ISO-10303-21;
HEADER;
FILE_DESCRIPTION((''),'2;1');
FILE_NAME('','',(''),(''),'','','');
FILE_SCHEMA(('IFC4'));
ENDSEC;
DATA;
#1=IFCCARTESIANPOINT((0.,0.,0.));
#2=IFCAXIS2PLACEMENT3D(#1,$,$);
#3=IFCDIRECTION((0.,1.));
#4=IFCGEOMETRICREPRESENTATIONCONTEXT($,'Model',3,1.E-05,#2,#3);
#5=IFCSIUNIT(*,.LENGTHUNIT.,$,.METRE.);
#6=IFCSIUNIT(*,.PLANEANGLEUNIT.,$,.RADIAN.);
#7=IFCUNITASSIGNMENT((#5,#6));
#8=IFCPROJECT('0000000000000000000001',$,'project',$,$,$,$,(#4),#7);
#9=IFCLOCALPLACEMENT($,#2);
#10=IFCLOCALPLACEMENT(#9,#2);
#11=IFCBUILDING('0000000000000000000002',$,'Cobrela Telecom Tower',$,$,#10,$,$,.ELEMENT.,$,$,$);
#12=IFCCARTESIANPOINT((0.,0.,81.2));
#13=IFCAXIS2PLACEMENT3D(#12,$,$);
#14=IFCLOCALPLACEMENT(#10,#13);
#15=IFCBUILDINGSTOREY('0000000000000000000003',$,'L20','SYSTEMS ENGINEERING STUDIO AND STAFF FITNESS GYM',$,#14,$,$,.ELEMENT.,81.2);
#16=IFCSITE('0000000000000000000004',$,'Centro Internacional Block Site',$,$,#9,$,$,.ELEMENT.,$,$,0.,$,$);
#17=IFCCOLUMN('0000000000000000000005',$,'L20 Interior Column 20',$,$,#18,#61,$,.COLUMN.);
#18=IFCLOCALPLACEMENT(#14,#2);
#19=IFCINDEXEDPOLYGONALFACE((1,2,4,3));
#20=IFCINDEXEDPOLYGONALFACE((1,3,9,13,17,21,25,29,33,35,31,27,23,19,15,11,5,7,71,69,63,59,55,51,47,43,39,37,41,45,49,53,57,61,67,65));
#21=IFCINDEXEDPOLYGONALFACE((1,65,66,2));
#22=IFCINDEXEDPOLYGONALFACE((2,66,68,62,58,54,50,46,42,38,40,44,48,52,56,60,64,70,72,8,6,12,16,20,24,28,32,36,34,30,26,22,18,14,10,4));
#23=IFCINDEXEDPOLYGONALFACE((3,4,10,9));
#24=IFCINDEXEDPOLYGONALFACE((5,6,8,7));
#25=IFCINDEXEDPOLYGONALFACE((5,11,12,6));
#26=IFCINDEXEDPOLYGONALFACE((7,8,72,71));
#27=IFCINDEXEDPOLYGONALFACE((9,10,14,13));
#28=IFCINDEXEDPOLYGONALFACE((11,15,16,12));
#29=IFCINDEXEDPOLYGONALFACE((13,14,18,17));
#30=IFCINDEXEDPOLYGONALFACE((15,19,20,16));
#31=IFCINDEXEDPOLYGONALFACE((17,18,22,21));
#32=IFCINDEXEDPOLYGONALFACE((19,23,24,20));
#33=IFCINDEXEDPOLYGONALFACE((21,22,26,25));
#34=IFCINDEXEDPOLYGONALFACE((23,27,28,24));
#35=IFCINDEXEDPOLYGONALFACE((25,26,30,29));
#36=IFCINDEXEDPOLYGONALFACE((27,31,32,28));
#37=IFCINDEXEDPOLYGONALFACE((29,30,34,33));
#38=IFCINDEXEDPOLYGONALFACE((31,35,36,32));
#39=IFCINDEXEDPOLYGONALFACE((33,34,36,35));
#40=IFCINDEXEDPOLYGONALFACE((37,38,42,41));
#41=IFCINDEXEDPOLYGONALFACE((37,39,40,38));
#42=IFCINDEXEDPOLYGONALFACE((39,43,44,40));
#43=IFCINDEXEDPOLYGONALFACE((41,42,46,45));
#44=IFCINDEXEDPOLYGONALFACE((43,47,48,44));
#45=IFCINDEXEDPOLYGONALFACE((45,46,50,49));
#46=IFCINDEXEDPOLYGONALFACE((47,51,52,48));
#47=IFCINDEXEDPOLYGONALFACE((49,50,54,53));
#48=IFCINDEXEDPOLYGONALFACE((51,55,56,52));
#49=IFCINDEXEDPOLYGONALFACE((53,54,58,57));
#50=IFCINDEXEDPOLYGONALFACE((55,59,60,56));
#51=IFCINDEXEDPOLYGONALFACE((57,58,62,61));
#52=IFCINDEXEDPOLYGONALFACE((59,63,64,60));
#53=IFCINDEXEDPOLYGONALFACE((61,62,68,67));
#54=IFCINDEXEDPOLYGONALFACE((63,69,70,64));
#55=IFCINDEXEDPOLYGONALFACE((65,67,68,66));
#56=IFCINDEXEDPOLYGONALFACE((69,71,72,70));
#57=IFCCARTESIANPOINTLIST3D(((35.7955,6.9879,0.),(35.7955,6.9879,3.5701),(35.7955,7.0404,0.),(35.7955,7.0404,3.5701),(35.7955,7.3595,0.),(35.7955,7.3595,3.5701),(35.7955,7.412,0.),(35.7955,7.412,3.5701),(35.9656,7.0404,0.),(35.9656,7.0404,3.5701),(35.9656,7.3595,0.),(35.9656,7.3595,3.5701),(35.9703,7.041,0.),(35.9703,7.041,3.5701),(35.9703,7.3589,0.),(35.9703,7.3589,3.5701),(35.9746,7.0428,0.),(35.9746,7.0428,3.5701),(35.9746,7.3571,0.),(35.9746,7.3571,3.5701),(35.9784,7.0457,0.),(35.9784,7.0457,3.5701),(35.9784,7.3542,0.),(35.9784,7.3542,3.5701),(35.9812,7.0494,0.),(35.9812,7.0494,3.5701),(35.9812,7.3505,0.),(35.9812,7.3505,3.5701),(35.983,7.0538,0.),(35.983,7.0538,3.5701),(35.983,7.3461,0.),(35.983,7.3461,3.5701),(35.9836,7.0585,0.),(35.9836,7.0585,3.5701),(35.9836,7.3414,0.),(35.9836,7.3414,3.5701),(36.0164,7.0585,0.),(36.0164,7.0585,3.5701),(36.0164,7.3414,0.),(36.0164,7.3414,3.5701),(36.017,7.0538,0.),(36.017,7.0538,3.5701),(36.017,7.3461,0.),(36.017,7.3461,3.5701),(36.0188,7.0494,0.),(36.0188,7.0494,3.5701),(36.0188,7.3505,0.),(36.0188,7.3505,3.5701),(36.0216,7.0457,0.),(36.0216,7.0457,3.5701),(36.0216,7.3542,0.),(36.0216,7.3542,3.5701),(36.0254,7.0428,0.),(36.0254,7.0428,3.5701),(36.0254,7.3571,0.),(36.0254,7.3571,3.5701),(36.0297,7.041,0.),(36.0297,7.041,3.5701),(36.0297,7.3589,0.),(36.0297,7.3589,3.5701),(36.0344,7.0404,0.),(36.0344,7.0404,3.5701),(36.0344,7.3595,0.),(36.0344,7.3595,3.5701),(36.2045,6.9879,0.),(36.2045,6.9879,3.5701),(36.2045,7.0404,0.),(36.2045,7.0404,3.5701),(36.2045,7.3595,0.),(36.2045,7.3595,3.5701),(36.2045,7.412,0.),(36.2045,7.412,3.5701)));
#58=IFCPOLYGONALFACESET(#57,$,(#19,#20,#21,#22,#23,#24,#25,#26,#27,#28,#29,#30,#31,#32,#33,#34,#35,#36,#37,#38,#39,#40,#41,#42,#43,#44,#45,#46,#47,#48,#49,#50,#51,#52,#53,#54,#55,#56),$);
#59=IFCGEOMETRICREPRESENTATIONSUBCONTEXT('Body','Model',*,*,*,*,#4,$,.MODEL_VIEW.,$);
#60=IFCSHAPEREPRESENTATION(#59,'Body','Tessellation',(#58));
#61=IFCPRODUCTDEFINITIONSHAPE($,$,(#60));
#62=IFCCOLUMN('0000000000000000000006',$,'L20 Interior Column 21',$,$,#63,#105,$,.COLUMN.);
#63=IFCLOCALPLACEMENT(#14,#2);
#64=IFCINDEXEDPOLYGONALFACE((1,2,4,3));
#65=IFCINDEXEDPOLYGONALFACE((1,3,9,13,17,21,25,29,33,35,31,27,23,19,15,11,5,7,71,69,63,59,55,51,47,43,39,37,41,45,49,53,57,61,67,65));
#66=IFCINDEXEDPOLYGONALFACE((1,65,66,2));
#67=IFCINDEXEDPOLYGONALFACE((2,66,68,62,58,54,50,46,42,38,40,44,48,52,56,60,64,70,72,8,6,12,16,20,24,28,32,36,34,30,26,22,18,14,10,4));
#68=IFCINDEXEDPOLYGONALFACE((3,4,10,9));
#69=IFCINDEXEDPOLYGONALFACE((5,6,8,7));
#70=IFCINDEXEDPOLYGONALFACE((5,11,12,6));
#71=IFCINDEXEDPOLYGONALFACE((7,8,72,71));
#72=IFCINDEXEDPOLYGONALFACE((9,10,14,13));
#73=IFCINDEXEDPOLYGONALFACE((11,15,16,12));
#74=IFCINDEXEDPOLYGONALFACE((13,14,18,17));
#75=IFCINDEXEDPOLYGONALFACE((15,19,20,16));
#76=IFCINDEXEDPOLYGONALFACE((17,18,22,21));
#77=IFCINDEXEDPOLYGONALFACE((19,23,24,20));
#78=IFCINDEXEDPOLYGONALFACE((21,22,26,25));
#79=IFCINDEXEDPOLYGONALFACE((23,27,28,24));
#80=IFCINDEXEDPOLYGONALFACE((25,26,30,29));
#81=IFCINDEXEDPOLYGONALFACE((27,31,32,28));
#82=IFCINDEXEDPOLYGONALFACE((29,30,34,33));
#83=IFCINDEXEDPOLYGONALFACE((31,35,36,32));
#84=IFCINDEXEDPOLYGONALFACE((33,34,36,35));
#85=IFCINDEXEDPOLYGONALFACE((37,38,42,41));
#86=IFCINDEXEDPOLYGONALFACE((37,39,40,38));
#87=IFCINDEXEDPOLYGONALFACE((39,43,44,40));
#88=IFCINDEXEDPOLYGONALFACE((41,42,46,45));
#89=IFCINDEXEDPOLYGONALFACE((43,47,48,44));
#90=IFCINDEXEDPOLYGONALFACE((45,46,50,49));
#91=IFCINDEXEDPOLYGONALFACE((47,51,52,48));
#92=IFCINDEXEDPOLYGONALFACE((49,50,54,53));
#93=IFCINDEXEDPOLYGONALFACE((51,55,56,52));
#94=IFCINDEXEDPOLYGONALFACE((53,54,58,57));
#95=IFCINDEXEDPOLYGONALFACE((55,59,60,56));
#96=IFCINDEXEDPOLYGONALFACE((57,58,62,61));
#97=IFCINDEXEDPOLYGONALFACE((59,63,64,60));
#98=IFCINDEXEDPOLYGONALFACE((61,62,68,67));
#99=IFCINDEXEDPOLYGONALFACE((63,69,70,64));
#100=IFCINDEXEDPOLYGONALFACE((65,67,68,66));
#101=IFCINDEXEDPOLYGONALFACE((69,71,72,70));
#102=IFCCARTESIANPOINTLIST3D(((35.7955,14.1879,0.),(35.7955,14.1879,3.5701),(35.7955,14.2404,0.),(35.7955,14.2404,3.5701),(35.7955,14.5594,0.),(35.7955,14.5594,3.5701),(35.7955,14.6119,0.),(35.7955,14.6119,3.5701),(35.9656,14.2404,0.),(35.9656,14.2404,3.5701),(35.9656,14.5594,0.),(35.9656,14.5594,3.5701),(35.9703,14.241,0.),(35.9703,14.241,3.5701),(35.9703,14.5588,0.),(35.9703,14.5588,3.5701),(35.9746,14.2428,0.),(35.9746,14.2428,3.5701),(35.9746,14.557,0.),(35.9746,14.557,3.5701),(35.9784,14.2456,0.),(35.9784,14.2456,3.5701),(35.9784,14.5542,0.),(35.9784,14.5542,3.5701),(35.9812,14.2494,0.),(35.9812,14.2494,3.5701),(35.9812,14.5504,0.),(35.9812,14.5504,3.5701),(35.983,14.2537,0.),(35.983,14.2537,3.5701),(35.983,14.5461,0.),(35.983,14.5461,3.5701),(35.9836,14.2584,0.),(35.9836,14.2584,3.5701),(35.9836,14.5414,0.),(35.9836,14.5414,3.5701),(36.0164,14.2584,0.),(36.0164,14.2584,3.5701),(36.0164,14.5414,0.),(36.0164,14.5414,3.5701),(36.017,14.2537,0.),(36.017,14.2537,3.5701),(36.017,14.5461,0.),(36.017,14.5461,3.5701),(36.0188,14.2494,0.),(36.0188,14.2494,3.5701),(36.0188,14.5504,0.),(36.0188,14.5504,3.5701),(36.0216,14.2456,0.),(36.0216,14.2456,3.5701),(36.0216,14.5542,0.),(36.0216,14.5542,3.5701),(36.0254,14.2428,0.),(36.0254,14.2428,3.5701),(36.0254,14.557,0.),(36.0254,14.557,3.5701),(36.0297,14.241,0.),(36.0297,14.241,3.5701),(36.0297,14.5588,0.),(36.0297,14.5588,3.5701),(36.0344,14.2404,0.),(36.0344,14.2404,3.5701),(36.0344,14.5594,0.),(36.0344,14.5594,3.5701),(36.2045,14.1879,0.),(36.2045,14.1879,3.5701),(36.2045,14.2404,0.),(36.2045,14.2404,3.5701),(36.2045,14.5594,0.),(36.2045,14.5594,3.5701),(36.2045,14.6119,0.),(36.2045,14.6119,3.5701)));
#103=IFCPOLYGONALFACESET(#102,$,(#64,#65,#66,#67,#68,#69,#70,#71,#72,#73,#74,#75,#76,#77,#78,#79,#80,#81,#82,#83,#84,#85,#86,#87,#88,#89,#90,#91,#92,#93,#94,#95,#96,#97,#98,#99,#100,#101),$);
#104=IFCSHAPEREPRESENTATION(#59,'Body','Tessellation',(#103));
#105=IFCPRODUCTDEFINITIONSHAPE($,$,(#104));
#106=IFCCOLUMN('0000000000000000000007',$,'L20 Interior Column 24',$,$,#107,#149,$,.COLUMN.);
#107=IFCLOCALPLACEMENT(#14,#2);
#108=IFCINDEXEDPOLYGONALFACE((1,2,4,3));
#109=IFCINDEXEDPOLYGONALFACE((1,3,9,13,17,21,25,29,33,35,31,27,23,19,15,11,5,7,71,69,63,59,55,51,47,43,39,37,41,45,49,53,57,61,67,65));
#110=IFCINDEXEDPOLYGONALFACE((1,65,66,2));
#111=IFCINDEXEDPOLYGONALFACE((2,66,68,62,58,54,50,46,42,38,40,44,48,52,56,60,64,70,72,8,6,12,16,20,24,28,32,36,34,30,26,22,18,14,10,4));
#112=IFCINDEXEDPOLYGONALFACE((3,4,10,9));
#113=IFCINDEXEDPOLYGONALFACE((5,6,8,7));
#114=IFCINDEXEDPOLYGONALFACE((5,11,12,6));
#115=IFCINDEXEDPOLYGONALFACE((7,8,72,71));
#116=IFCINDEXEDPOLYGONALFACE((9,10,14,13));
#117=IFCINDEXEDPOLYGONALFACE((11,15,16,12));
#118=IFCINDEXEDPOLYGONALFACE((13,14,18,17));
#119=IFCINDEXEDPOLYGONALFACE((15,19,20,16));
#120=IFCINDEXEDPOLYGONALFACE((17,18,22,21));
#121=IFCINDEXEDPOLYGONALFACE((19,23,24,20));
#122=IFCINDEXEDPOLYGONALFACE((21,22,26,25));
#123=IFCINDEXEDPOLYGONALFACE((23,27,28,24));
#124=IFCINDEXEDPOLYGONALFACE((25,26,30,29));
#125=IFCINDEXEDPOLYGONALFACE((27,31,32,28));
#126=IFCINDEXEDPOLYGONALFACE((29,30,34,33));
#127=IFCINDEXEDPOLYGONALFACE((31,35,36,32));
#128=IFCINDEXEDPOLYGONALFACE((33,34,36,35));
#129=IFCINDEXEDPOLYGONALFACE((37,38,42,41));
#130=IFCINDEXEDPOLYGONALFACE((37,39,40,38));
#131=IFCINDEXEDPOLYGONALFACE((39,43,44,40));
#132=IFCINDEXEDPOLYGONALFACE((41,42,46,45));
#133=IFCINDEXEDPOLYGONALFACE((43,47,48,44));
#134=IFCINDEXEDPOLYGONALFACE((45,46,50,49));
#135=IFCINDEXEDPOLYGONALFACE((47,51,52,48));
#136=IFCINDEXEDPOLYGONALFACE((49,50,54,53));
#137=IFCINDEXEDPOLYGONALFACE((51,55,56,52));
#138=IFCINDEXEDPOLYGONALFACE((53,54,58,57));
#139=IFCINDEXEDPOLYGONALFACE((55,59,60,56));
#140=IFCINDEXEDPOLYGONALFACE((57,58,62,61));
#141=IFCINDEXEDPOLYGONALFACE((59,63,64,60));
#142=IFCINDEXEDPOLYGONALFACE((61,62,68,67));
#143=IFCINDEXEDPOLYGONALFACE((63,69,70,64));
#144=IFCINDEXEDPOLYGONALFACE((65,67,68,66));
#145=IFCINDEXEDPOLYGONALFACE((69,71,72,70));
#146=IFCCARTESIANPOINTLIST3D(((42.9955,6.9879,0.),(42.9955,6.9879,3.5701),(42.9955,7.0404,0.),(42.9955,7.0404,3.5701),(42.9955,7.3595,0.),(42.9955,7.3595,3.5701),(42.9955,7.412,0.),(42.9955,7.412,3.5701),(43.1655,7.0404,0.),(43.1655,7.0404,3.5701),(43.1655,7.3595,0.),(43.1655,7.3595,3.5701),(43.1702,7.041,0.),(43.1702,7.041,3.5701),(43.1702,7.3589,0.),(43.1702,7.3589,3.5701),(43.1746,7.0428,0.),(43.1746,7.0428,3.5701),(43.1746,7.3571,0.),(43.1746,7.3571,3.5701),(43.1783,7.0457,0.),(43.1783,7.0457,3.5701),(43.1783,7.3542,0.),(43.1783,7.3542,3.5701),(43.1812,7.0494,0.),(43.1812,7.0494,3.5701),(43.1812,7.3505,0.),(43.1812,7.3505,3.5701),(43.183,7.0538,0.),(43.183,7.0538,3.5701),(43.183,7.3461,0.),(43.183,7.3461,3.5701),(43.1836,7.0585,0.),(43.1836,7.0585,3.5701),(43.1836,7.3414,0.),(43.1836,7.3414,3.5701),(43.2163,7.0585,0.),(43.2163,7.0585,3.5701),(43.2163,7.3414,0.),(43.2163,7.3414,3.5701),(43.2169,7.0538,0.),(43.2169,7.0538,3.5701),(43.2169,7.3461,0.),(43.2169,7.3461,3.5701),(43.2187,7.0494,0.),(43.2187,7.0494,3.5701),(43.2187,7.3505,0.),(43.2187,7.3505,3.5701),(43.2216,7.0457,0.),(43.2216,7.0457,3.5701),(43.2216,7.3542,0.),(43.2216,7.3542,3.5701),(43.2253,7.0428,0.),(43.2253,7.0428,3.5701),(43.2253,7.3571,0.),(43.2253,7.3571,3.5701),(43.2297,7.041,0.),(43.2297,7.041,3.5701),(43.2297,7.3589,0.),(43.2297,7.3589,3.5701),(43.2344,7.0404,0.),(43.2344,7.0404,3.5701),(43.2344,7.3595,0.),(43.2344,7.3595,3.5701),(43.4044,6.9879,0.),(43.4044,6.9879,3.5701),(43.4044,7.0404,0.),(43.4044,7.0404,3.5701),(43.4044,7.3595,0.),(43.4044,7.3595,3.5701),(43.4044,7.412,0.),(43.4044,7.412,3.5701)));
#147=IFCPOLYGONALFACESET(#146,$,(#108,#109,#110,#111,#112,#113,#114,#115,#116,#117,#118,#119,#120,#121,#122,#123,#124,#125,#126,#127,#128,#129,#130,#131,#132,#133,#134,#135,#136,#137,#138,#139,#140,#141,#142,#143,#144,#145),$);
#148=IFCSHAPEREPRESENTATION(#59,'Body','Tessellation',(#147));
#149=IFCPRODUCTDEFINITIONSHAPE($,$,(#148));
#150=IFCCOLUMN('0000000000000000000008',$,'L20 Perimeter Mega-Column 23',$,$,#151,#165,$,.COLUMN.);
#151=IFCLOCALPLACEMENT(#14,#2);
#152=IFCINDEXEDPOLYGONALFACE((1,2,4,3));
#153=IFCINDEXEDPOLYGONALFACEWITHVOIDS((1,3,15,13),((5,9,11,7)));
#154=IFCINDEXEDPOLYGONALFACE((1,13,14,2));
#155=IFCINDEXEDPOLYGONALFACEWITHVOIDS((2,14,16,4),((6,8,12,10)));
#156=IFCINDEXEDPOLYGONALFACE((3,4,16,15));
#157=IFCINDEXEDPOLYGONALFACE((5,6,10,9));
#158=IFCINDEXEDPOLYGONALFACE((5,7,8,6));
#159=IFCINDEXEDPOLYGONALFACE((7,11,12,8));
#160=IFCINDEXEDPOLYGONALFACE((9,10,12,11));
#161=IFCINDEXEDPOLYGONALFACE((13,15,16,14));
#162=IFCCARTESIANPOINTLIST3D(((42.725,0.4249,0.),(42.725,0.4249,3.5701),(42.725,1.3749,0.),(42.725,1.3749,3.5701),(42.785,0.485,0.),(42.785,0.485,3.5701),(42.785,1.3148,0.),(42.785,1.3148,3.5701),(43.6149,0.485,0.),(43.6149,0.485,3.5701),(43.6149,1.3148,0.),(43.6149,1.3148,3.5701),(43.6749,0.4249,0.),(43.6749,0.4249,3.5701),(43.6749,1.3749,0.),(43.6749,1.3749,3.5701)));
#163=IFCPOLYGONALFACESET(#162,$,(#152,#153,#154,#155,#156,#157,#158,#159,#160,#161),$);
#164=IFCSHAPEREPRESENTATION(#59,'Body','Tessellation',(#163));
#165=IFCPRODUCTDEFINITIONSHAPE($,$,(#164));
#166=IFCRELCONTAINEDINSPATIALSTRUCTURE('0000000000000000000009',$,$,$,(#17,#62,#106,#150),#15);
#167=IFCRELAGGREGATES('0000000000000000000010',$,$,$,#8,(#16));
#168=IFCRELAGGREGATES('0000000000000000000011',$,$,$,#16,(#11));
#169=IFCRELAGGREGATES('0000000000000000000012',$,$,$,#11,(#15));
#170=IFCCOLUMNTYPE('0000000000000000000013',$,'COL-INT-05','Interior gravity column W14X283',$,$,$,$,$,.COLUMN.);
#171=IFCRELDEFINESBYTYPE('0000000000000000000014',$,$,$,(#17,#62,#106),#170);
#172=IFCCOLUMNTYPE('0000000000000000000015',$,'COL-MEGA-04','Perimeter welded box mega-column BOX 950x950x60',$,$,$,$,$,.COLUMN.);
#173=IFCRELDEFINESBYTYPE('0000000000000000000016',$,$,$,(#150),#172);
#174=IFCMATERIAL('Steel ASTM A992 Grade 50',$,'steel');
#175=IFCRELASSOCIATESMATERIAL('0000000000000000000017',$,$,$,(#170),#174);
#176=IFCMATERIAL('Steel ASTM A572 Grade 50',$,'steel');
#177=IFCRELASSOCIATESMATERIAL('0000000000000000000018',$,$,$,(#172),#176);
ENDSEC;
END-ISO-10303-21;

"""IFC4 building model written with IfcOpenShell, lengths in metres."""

from ifc_helpers import new_model, si_unit, direction, frame, origin, origin_2d, place, context, subcontext, project, spatial, hollow_rectangle, i_section, extrude, material, material_profile, profile_set, type_object, element, save


model = new_model("IFC4")

# Units and contexts
model_context = context("Model", 3, precision=1e-05, world=origin(), true_north=direction((0.0, 1.0)))
body_context = subcontext(model_context, "Body", "Model", "MODEL_VIEW")
ifc_project = project(units=[si_unit("LENGTHUNIT", "METRE"), si_unit("PLANEANGLEUNIT", "RADIAN")], contexts=[model_context])

# Site, building, storey
site_placement = place(None, origin())
site = spatial("IfcSite", under=ifc_project, at=site_placement, Name="Centro Internacional Block Site", CompositionType="ELEMENT", RefElevation=0.0)
building_placement = place(site_placement, origin())
building = spatial("IfcBuilding", under=site, at=building_placement, Name="Cobrela Telecom Tower", CompositionType="ELEMENT")
storey_placement = place(building_placement, frame((0.0, 0.0, 81.2)))
storey = spatial("IfcBuildingStorey", under=building, at=storey_placement, Name="L20", Description="SYSTEMS ENGINEERING STUDIO AND STAFF FITNESS GYM", CompositionType="ELEMENT", Elevation=81.2)

# Columns
ifc_material_1 = material(Name="Steel ASTM A992 Grade 50", Category="steel")
ifc_material_profile_1 = material_profile(ifc_material_1, i_section(OverallWidth=0.4089, OverallDepth=0.4241, WebThickness=0.0327, FlangeThickness=0.0525, FilletRadius=0.0181, at=origin_2d()), Name="W14X283")
ifc_profile_set_1 = profile_set([ifc_material_profile_1], Name="Steel ASTM A992 Grade 50")
column_type_1 = type_object("IfcColumnType", Name="COL-INT-05", Description="Interior gravity column W14X283", PredefinedType="COLUMN", material=ifc_profile_set_1)
for number, where, z_axis, x_axis, name in (
    (1, (36.0, 7.2, 0.0), (0.0, 0.0, 1.0), (1.0, 0.0, 0.0), "L20 Interior Column 20"),
    (2, (36.0, 14.3999, 0.0), (0.0, 0.0, 1.0), (1.0, 0.0, 0.0), "L20 Interior Column 21"),
    (3, (43.2, 7.2, 0.0), (0.0, 0.0, 1.0), (1.0, 0.0, 0.0), "L20 Interior Column 24"),
):
    element("IfcColumn", number, at=place(storey_placement, frame(where, z_axis=z_axis, x_axis=x_axis)), inside=storey, type_object=column_type_1, Name=name, PredefinedType="COLUMN", context=body_context, shape_type="SweptSolid", body=[
        extrude(i_section(OverallWidth=0.4089, OverallDepth=0.4241, WebThickness=0.0327, FlangeThickness=0.0525, FilletRadius=0.0181, at=origin_2d()), origin(), (0.0, 0.0, 1.0), 3.5701),
    ])
ifc_material_2 = material(Name="Steel ASTM A572 Grade 50", Category="steel")
ifc_material_profile_2 = material_profile(ifc_material_2, hollow_rectangle(XDim=0.95, YDim=0.95, WallThickness=0.0601, at=origin_2d()), Name="BOX 950x950x60")
ifc_profile_set_2 = profile_set([ifc_material_profile_2], Name="Steel ASTM A572 Grade 50")
column_type_2 = type_object("IfcColumnType", Name="COL-MEGA-04", Description="Perimeter welded box mega-column BOX 950x950x60", PredefinedType="COLUMN", material=ifc_profile_set_2)
column_placement = place(storey_placement, frame((43.2, 0.8999, 0.0), z_axis=(0.0, 0.0, 1.0), x_axis=(1.0, 0.0, 0.0)))
element("IfcColumn", 4, at=column_placement, inside=storey, type_object=column_type_2, Name="L20 Perimeter Mega-Column 23", PredefinedType="COLUMN", context=body_context, shape_type="SweptSolid", body=[
    extrude(hollow_rectangle(XDim=0.95, YDim=0.95, WallThickness=0.0601, at=origin_2d()), origin(), (0.0, 0.0, 1.0), 3.5701),
])

save(model, "model.ifc")
